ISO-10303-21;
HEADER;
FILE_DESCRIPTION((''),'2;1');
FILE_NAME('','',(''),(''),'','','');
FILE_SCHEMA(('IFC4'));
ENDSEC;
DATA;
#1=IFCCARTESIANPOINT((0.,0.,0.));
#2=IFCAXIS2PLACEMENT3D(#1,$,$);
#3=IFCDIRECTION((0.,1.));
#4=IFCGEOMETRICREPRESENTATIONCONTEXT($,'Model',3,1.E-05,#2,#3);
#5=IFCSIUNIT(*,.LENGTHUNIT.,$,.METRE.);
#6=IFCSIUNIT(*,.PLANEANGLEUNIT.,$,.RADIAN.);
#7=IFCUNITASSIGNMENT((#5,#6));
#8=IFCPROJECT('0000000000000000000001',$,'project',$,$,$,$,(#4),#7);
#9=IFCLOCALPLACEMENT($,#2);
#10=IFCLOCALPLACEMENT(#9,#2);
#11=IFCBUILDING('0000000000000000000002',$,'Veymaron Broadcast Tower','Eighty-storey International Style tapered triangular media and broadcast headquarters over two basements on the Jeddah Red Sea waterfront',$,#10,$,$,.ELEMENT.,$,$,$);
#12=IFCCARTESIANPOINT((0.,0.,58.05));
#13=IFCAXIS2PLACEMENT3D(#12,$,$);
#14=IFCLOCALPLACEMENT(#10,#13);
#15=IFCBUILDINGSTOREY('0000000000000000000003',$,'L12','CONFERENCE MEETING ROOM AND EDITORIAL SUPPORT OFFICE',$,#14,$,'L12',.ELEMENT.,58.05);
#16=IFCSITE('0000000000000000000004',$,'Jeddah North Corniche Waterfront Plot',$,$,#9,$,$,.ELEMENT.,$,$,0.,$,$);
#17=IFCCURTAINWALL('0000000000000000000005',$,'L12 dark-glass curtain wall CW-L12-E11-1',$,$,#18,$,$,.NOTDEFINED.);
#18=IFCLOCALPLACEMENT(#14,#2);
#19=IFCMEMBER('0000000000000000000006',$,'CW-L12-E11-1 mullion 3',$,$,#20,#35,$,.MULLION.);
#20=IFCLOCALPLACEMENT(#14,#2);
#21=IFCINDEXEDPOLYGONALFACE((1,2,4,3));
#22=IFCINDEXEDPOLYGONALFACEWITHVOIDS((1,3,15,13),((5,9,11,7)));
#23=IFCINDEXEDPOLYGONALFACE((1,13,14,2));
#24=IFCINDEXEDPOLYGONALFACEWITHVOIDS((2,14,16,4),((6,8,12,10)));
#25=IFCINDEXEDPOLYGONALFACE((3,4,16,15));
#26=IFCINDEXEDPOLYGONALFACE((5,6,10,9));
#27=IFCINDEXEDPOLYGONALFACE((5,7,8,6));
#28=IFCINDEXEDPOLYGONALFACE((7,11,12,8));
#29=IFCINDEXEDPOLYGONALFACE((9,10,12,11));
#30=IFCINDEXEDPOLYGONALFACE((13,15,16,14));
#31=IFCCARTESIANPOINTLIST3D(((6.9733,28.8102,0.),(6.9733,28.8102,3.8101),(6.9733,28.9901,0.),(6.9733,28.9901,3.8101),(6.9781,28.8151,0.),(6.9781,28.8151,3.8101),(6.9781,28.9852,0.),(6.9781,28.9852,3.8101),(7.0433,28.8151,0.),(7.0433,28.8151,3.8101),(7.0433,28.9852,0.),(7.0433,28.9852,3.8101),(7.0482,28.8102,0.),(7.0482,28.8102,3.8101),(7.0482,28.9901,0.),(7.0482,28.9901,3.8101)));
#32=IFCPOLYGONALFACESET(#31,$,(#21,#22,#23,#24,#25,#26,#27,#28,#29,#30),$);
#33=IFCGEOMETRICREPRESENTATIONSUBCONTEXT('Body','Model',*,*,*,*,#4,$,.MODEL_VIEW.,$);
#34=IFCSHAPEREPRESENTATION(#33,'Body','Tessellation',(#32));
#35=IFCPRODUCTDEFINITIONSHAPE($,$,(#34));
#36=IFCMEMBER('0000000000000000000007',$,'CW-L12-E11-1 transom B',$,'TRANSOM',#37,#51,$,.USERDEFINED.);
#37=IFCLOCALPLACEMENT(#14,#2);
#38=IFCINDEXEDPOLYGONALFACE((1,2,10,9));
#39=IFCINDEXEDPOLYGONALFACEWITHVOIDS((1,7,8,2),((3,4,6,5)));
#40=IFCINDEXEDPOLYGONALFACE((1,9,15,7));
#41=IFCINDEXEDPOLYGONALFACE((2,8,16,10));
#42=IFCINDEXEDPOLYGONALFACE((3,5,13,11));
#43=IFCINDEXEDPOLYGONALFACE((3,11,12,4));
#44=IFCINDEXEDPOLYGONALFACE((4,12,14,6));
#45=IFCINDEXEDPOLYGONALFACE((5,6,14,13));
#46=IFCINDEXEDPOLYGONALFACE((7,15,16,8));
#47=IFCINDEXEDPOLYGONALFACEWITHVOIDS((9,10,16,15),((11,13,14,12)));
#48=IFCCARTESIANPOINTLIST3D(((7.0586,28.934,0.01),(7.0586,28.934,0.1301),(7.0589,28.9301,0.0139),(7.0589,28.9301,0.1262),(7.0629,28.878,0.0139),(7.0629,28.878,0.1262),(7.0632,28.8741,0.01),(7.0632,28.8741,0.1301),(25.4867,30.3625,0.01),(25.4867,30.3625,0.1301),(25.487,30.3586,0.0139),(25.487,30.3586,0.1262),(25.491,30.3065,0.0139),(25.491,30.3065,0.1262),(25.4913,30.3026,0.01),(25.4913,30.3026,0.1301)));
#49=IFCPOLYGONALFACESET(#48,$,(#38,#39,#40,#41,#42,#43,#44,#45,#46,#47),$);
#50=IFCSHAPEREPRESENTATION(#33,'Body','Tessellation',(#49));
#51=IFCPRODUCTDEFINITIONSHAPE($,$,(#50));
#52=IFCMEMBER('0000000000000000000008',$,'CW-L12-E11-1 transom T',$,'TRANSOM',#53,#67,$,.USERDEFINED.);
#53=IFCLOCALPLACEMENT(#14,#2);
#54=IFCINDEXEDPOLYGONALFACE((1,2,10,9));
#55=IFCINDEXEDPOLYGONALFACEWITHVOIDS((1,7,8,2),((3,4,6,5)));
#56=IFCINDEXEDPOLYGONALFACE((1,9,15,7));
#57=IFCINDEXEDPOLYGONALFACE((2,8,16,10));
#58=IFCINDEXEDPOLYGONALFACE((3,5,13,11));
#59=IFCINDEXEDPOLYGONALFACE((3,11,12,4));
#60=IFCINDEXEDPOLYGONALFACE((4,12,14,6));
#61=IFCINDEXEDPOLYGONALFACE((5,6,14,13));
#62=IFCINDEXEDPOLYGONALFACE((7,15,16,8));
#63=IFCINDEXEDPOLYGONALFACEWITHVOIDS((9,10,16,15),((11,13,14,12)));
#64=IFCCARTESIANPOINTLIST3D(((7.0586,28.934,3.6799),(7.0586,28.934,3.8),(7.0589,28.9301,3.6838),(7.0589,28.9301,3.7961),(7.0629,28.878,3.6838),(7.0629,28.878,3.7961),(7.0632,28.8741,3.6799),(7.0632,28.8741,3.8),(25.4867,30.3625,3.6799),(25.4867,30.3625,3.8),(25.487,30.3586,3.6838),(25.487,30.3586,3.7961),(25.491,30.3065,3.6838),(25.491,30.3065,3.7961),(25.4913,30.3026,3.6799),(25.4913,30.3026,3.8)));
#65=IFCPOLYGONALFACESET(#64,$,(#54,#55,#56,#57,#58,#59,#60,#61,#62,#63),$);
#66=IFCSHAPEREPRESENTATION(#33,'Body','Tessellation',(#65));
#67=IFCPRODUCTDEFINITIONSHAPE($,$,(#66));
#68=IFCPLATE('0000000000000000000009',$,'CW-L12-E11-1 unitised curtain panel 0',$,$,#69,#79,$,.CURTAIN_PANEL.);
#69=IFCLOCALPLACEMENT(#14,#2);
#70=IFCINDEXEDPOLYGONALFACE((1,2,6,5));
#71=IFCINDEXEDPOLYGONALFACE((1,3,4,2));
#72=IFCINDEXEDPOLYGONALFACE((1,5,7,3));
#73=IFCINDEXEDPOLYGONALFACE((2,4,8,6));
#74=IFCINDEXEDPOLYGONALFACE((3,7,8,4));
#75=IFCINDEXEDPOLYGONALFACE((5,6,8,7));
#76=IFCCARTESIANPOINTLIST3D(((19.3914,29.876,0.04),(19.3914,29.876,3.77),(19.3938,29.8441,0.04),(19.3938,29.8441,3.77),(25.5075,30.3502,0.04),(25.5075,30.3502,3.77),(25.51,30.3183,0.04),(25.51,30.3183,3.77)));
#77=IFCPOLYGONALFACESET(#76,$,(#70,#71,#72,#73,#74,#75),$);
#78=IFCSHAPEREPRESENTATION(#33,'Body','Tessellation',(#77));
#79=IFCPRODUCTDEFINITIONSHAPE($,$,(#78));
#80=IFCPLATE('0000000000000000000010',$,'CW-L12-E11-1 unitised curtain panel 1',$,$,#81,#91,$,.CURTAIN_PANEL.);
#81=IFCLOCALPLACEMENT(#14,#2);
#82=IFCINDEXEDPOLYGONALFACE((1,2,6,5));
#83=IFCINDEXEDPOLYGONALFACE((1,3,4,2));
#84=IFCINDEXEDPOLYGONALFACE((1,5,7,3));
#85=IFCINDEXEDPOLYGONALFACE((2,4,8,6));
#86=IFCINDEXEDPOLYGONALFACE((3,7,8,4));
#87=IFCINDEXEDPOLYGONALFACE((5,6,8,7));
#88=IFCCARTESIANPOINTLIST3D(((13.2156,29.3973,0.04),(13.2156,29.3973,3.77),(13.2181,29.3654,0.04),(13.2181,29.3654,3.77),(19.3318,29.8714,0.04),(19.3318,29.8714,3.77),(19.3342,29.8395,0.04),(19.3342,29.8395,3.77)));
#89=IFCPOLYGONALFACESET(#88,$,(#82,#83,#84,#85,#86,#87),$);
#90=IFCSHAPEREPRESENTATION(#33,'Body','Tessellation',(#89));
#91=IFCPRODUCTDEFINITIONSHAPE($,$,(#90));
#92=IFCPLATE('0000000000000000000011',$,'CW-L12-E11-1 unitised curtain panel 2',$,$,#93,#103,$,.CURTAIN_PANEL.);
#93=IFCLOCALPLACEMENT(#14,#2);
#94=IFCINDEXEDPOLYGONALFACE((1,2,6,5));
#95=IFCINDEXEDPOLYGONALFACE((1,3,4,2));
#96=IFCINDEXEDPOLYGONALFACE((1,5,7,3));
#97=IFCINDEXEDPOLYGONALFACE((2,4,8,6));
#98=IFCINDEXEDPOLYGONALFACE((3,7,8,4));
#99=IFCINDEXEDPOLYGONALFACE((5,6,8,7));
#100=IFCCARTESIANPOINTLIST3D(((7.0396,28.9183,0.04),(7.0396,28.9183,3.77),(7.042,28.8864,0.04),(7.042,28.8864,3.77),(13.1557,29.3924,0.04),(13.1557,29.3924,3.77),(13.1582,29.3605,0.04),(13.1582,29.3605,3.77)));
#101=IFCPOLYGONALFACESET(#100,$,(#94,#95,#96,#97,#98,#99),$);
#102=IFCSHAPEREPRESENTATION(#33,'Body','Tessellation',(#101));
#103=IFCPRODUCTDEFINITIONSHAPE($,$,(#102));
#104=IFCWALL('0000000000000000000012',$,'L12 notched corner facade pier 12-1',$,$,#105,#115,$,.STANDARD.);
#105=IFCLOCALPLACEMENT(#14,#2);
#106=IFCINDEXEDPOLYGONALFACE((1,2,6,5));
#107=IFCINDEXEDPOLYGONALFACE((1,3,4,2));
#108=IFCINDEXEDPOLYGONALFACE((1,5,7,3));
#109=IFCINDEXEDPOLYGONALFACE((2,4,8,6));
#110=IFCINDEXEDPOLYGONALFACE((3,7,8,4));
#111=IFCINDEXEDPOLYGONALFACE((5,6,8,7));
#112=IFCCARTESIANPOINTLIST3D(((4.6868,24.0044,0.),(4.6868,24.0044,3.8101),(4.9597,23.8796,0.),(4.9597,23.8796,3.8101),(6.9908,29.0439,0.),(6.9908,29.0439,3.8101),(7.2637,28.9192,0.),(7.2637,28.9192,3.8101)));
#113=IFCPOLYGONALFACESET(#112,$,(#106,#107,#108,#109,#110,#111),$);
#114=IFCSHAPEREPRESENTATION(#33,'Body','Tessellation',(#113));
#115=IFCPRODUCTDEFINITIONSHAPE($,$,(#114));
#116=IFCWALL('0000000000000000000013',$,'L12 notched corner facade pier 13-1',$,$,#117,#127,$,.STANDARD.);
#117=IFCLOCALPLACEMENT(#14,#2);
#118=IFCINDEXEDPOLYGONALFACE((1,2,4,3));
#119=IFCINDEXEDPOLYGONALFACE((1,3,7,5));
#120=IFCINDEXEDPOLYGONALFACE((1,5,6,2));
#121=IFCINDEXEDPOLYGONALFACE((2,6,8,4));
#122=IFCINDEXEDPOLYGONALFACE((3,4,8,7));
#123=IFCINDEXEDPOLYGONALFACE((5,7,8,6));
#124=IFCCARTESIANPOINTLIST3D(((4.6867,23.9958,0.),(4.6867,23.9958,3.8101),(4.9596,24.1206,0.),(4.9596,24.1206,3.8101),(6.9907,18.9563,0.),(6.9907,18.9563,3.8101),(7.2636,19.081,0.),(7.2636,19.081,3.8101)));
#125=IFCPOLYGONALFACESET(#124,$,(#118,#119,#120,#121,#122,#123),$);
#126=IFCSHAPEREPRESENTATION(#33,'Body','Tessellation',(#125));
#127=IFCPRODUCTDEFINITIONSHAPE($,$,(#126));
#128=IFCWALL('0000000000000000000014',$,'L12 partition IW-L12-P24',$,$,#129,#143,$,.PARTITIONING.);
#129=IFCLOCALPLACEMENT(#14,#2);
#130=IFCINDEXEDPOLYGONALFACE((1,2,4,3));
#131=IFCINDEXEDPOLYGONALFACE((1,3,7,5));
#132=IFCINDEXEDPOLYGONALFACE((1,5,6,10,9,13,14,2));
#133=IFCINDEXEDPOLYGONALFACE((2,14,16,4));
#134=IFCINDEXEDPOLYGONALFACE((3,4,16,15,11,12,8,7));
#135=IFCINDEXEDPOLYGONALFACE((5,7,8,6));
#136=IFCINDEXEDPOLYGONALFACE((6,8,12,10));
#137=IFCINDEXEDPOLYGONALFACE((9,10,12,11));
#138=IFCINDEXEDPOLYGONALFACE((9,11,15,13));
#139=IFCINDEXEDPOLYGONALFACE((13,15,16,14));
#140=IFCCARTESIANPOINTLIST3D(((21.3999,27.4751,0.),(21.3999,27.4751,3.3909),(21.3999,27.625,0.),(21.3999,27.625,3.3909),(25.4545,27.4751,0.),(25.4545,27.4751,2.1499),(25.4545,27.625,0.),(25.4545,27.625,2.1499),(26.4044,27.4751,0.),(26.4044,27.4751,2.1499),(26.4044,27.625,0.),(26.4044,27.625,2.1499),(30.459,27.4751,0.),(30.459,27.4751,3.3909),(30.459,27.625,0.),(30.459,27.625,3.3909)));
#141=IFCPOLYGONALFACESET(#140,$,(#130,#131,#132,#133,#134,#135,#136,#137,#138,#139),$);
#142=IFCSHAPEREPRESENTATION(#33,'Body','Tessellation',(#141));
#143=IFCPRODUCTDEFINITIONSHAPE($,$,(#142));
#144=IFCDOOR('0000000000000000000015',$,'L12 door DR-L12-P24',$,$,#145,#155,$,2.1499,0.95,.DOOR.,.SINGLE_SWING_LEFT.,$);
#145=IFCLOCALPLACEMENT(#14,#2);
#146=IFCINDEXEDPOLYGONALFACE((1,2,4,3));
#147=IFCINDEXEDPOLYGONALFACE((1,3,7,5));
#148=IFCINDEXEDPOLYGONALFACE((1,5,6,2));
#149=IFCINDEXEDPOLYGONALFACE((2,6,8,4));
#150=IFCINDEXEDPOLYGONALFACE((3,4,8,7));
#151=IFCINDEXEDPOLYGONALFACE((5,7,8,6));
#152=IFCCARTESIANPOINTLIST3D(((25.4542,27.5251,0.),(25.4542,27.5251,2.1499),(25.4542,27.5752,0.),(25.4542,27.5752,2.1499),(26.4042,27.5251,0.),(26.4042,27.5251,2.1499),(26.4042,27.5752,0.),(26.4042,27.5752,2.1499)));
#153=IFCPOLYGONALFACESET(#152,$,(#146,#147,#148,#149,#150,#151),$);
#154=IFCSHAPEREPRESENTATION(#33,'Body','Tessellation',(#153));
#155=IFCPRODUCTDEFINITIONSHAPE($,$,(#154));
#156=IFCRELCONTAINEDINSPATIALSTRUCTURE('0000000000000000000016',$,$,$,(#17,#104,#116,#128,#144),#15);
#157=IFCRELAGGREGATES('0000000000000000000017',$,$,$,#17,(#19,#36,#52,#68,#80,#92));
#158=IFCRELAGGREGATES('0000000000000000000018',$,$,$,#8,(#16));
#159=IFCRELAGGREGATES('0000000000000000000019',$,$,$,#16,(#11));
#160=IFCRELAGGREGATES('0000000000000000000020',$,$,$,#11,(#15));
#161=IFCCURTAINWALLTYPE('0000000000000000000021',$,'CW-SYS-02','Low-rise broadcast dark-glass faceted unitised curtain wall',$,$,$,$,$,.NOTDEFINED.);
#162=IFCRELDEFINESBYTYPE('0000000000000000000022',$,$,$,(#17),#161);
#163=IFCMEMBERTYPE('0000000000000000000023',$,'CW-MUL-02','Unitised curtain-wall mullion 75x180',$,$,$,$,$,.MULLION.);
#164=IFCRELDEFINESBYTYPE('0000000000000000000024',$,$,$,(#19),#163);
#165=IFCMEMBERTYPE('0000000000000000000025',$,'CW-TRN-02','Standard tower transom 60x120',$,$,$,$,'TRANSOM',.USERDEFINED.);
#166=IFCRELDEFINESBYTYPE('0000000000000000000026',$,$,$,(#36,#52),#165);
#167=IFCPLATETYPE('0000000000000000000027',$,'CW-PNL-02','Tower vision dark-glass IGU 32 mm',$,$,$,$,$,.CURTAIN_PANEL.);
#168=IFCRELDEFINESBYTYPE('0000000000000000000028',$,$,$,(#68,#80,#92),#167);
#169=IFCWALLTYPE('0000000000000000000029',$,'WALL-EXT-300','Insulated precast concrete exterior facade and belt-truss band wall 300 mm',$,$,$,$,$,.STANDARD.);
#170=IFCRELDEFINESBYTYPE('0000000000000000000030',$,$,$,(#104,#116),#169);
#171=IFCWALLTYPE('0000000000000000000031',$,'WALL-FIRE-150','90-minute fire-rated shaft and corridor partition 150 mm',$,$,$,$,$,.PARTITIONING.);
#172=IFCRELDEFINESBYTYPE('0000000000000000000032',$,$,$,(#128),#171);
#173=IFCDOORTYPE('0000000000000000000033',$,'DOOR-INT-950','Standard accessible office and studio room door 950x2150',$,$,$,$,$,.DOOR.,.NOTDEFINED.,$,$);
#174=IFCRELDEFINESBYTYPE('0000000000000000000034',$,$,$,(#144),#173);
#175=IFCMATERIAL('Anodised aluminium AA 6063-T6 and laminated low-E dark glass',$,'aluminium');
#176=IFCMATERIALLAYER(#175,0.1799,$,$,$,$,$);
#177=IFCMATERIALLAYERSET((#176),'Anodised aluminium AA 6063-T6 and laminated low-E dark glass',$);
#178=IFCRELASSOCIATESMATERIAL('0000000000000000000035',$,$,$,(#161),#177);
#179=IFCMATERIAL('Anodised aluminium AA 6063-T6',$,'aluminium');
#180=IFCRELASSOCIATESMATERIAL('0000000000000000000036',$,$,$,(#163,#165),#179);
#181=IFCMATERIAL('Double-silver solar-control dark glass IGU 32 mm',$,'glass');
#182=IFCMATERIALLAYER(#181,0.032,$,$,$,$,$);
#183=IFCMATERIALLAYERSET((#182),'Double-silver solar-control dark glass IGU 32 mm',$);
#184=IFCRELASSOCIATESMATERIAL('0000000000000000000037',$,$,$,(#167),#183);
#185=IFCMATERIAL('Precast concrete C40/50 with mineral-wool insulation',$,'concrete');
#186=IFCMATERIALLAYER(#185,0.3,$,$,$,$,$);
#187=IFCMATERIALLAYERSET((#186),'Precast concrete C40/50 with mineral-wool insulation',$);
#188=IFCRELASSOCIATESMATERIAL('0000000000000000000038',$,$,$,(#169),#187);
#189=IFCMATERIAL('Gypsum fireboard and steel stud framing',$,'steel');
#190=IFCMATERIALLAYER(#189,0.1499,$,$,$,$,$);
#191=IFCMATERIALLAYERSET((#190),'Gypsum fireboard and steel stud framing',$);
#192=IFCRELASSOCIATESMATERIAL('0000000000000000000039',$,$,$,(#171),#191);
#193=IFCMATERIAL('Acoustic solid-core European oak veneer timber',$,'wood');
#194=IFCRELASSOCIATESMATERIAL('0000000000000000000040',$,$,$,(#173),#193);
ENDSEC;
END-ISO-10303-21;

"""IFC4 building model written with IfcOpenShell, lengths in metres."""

from ifc_helpers import new_model, si_unit, direction, frame, frame_2d, origin, origin_2d, place, context, subcontext, project, spatial, rectangle, hollow_rectangle, extrude, material, layer, layer_set, material_profile, profile_set, type_object, element, fill, aggregate, save


model = new_model("IFC4")

# Units and contexts
model_context = context("Model", 3, precision=1e-05, world=origin(), true_north=direction((0.0, 1.0)))
body_context = subcontext(model_context, "Body", "Model", "MODEL_VIEW")
ifc_project = project(units=[si_unit("LENGTHUNIT", "METRE"), si_unit("PLANEANGLEUNIT", "RADIAN")], contexts=[model_context])

# Site, building, storey
site_placement = place(None, origin())
site = spatial("IfcSite", under=ifc_project, at=site_placement, Name="Jeddah North Corniche Waterfront Plot", CompositionType="ELEMENT", RefElevation=0.0)
building_placement = place(site_placement, origin())
building = spatial("IfcBuilding", under=site, at=building_placement, Name="Veymaron Broadcast Tower", Description="Eighty-storey International Style tapered triangular media and broadcast headquarters over two basements on the Jeddah Red Sea waterfront", CompositionType="ELEMENT")
storey_placement = place(building_placement, frame((0.0, 0.0, 58.05)))
storey = spatial("IfcBuildingStorey", under=building, at=storey_placement, Name="L12", Description="CONFERENCE MEETING ROOM AND EDITORIAL SUPPORT OFFICE", LongName="L12", CompositionType="ELEMENT", Elevation=58.05)

# Curtain wall, members, plates
ifc_material_1 = material(Name="Anodised aluminium AA 6063-T6 and laminated low-E dark glass", Category="aluminium")
ifc_layer_1 = layer(ifc_material_1, 0.1799)
ifc_layer_set_1 = layer_set([ifc_layer_1], Name="Anodised aluminium AA 6063-T6 and laminated low-E dark glass")
curtain_wall_type = type_object("IfcCurtainWallType", Name="CW-SYS-02", Description="Low-rise broadcast dark-glass faceted unitised curtain wall", PredefinedType="NOTDEFINED", material=ifc_layer_set_1)
curtain_wall_placement = place(storey_placement, origin())
curtain_wall = element("IfcCurtainWall", 1, at=curtain_wall_placement, inside=storey, type_object=curtain_wall_type, Name="L12 dark-glass curtain wall CW-L12-E11-1", PredefinedType="NOTDEFINED")
ifc_material_2 = material(Name="Anodised aluminium AA 6063-T6", Category="aluminium")
ifc_material_profile_1 = material_profile(ifc_material_2, hollow_rectangle(XDim=0.075, YDim=0.1799, WallThickness=0.0049, at=origin_2d()), Name="AL180X75X5")
ifc_profile_set_1 = profile_set([ifc_material_profile_1], Name="Anodised aluminium AA 6063-T6")
member_type_1 = type_object("IfcMemberType", Name="CW-MUL-02", Description="Unitised curtain-wall mullion 75x180", PredefinedType="MULLION", material=ifc_profile_set_1)
member_1_placement = place(storey_placement, frame((7.0107, 28.9001, 0.0), z_axis=(0.0, 0.0, 1.0), x_axis=(1.0, 0.0, 0.0)))
member_1 = element("IfcMember", 2, at=member_1_placement, type_object=member_type_1, Name="CW-L12-E11-1 mullion 3", PredefinedType="MULLION", context=body_context, shape_type="SweptSolid", body=[
    extrude(hollow_rectangle(XDim=0.075, YDim=0.1799, WallThickness=0.0049, at=origin_2d()), origin(), (0.0, 0.0, 1.0), 3.8101),
])
ifc_material_profile_2 = material_profile(ifc_material_2, hollow_rectangle(XDim=0.0601, YDim=0.1201, WallThickness=0.0039, at=origin_2d()), Name="AL120X60X4")
ifc_profile_set_2 = profile_set([ifc_material_profile_2], Name="Anodised aluminium AA 6063-T6")
member_type_2 = type_object("IfcMemberType", Name="CW-TRN-02", Description="Standard tower transom 60x120", ElementType="TRANSOM", PredefinedType="USERDEFINED", material=ifc_profile_set_2)
member_2_placement = place(storey_placement, frame((25.489, 30.3325, 0.0701), z_axis=(-0.997009, -0.077283, 0.0), x_axis=(0.077283, -0.997009, 0.0)))
member_2 = element("IfcMember", 3, at=member_2_placement, type_object=member_type_2, Name="CW-L12-E11-1 transom B", ObjectType="TRANSOM", PredefinedType="USERDEFINED", context=body_context, shape_type="SweptSolid", body=[
    extrude(hollow_rectangle(XDim=0.0601, YDim=0.1201, WallThickness=0.0039, at=origin_2d()), origin(), (0.0, 0.0, 1.0), 18.4834),
])
member_3_placement = place(storey_placement, frame((25.489, 30.3325, 3.74), z_axis=(-0.997009, -0.077283, 0.0), x_axis=(0.077283, -0.997009, 0.0)))
member_3 = element("IfcMember", 4, at=member_3_placement, type_object=member_type_2, Name="CW-L12-E11-1 transom T", ObjectType="TRANSOM", PredefinedType="USERDEFINED", context=body_context, shape_type="SweptSolid", body=[
    extrude(hollow_rectangle(XDim=0.0601, YDim=0.1201, WallThickness=0.0039, at=origin_2d()), origin(), (0.0, 0.0, 1.0), 18.4834),
])
ifc_material_3 = material(Name="Double-silver solar-control dark glass IGU 32 mm", Category="glass")
ifc_layer_2 = layer(ifc_material_3, 0.032)
ifc_layer_set_2 = layer_set([ifc_layer_2], Name="Double-silver solar-control dark glass IGU 32 mm")
plate_type = type_object("IfcPlateType", Name="CW-PNL-02", Description="Tower vision dark-glass IGU 32 mm", PredefinedType="CURTAIN_PANEL", material=ifc_layer_set_2)
plate_1_placement = place(storey_placement, frame((22.4507, 30.0972, 0.04), z_axis=(0.0, 0.0, 1.0), x_axis=(-0.997008, -0.077293, 0.0)))
plate_1 = element("IfcPlate", 5, at=plate_1_placement, type_object=plate_type, Name="CW-L12-E11-1 unitised curtain panel 0", PredefinedType="CURTAIN_PANEL", context=body_context, shape_type="SweptSolid", body=[
    extrude(rectangle(XDim=6.1345, YDim=0.032, at=origin_2d()), origin(), (0.0, 0.0, 1.0), 3.73),
])
plate_2_placement = place(storey_placement, frame((16.2749, 29.6184, 0.04), z_axis=(0.0, 0.0, 1.0), x_axis=(-0.997008, -0.077293, 0.0)))
plate_2 = element("IfcPlate", 6, at=plate_2_placement, type_object=plate_type, Name="CW-L12-E11-1 unitised curtain panel 1", PredefinedType="CURTAIN_PANEL", context=body_context, shape_type="SweptSolid", body=[
    extrude(rectangle(XDim=6.1345, YDim=0.032, at=origin_2d()), origin(), (0.0, 0.0, 1.0), 3.73),
])
plate_3_placement = place(storey_placement, frame((10.0989, 29.1394, 0.04), z_axis=(0.0, 0.0, 1.0), x_axis=(-0.997008, -0.077293, 0.0)))
plate_3 = element("IfcPlate", 7, at=plate_3_placement, type_object=plate_type, Name="CW-L12-E11-1 unitised curtain panel 2", PredefinedType="CURTAIN_PANEL", context=body_context, shape_type="SweptSolid", body=[
    extrude(rectangle(XDim=6.1345, YDim=0.032, at=origin_2d()), origin(), (0.0, 0.0, 1.0), 3.73),
])
aggregate(curtain_wall, [member_1, member_2, member_3, plate_1, plate_2, plate_3])

# Walls
ifc_material_4 = material(Name="Precast concrete C40/50 with mineral-wool insulation", Category="concrete")
ifc_layer_3 = layer(ifc_material_4, 0.3)
ifc_layer_set_3 = layer_set([ifc_layer_3], Name="Precast concrete C40/50 with mineral-wool insulation")
wall_type_1 = type_object("IfcWallType", Name="WALL-EXT-300", Description="Insulated precast concrete exterior facade and belt-truss band wall 300 mm", PredefinedType="STANDARD", material=ifc_layer_set_3)
for number, where, z_axis, x_axis, name in (
    (8, (7.1272, 28.9814, 0.0), (0.0, 0.0, 1.0), (-0.415784, -0.909464, 0.0), "L12 notched corner facade pier 12-1"),
    (9, (4.8232, 24.0581, 0.0), (0.0, 0.0, 1.0), (0.415784, -0.909464, 0.0), "L12 notched corner facade pier 13-1"),
):
    element("IfcWall", number, at=place(storey_placement, frame(where, z_axis=z_axis, x_axis=x_axis)), inside=storey, type_object=wall_type_1, Name=name, PredefinedType="STANDARD", context=body_context, shape_type="SweptSolid", body=[
        extrude(rectangle(XDim=5.5413, YDim=0.3, at=frame_2d((2.7705, 0.0))), origin(), (0.0, 0.0, 1.0), 3.8101),
    ])

# Wall, opening, door
ifc_material_5 = material(Name="Gypsum fireboard and steel stud framing", Category="steel")
ifc_layer_4 = layer(ifc_material_5, 0.1499)
ifc_layer_set_4 = layer_set([ifc_layer_4], Name="Gypsum fireboard and steel stud framing")
wall_type_2 = type_object("IfcWallType", Name="WALL-FIRE-150", Description="90-minute fire-rated shaft and corridor partition 150 mm", PredefinedType="PARTITIONING", material=ifc_layer_set_4)
ifc_material_6 = material(Name="Acoustic solid-core European oak veneer timber", Category="wood")
door_type = type_object("IfcDoorType", Name="DOOR-INT-950", Description="Standard accessible office and studio room door 950x2150", OperationType="NOTDEFINED", PredefinedType="DOOR", material=ifc_material_6)
wall_1_placement = place(storey_placement, frame((21.3999, 27.55, 0.0), z_axis=(0.0, 0.0, 1.0), x_axis=(1.0, 0.0, 0.0)))
wall_1 = element("IfcWall", 10, at=wall_1_placement, inside=storey, type_object=wall_type_2, Name="L12 partition IW-L12-P24", PredefinedType="PARTITIONING", context=body_context, shape_type="SweptSolid", body=[
    extrude(rectangle(XDim=9.0591, YDim=0.1499, at=frame_2d((4.5295, 0.0))), origin(), (0.0, 0.0, 1.0), 3.3909),
])
opening_1_placement = place(wall_1_placement, frame((4.0544, 0.0, 0.0)))
opening_1 = element("IfcOpeningElement", 11, at=opening_1_placement, cuts=wall_1, PredefinedType="OPENING", context=body_context, shape_type="SweptSolid", body=[
    extrude(rectangle(XDim=0.95, YDim=2.1499, at=frame_2d((0.4751, 1.075))), frame((0.0, 0.085, 0.0), z_axis=(0.0, -1.0, 0.0), x_axis=(1.0, 0.0, 0.0)), (0.0, 0.0, 1.0), 0.1699),
])
door_1_placement = place(opening_1_placement, frame((0.95, 0.0, 0.0), z_axis=(0.0, 0.0, 1.0), x_axis=(-1.0, 0.0, 0.0)))
door_1 = element("IfcDoor", 12, at=door_1_placement, inside=storey, type_object=door_type, Name="L12 door DR-L12-P24", OperationType="SINGLE_SWING_LEFT", OverallHeight=2.1499, OverallWidth=0.95, PredefinedType="DOOR", context=body_context, shape_type="SweptSolid", body=[
    extrude(rectangle(XDim=0.95, YDim=2.1499, at=frame_2d((0.4751, 1.075))), frame((0.0, 0.0249, 0.0), z_axis=(0.0, -1.0, 0.0), x_axis=(1.0, 0.0, 0.0)), (0.0, 0.0, 1.0), 0.05),
])
fill(opening_1, door_1)

save(model, "model.ifc")
